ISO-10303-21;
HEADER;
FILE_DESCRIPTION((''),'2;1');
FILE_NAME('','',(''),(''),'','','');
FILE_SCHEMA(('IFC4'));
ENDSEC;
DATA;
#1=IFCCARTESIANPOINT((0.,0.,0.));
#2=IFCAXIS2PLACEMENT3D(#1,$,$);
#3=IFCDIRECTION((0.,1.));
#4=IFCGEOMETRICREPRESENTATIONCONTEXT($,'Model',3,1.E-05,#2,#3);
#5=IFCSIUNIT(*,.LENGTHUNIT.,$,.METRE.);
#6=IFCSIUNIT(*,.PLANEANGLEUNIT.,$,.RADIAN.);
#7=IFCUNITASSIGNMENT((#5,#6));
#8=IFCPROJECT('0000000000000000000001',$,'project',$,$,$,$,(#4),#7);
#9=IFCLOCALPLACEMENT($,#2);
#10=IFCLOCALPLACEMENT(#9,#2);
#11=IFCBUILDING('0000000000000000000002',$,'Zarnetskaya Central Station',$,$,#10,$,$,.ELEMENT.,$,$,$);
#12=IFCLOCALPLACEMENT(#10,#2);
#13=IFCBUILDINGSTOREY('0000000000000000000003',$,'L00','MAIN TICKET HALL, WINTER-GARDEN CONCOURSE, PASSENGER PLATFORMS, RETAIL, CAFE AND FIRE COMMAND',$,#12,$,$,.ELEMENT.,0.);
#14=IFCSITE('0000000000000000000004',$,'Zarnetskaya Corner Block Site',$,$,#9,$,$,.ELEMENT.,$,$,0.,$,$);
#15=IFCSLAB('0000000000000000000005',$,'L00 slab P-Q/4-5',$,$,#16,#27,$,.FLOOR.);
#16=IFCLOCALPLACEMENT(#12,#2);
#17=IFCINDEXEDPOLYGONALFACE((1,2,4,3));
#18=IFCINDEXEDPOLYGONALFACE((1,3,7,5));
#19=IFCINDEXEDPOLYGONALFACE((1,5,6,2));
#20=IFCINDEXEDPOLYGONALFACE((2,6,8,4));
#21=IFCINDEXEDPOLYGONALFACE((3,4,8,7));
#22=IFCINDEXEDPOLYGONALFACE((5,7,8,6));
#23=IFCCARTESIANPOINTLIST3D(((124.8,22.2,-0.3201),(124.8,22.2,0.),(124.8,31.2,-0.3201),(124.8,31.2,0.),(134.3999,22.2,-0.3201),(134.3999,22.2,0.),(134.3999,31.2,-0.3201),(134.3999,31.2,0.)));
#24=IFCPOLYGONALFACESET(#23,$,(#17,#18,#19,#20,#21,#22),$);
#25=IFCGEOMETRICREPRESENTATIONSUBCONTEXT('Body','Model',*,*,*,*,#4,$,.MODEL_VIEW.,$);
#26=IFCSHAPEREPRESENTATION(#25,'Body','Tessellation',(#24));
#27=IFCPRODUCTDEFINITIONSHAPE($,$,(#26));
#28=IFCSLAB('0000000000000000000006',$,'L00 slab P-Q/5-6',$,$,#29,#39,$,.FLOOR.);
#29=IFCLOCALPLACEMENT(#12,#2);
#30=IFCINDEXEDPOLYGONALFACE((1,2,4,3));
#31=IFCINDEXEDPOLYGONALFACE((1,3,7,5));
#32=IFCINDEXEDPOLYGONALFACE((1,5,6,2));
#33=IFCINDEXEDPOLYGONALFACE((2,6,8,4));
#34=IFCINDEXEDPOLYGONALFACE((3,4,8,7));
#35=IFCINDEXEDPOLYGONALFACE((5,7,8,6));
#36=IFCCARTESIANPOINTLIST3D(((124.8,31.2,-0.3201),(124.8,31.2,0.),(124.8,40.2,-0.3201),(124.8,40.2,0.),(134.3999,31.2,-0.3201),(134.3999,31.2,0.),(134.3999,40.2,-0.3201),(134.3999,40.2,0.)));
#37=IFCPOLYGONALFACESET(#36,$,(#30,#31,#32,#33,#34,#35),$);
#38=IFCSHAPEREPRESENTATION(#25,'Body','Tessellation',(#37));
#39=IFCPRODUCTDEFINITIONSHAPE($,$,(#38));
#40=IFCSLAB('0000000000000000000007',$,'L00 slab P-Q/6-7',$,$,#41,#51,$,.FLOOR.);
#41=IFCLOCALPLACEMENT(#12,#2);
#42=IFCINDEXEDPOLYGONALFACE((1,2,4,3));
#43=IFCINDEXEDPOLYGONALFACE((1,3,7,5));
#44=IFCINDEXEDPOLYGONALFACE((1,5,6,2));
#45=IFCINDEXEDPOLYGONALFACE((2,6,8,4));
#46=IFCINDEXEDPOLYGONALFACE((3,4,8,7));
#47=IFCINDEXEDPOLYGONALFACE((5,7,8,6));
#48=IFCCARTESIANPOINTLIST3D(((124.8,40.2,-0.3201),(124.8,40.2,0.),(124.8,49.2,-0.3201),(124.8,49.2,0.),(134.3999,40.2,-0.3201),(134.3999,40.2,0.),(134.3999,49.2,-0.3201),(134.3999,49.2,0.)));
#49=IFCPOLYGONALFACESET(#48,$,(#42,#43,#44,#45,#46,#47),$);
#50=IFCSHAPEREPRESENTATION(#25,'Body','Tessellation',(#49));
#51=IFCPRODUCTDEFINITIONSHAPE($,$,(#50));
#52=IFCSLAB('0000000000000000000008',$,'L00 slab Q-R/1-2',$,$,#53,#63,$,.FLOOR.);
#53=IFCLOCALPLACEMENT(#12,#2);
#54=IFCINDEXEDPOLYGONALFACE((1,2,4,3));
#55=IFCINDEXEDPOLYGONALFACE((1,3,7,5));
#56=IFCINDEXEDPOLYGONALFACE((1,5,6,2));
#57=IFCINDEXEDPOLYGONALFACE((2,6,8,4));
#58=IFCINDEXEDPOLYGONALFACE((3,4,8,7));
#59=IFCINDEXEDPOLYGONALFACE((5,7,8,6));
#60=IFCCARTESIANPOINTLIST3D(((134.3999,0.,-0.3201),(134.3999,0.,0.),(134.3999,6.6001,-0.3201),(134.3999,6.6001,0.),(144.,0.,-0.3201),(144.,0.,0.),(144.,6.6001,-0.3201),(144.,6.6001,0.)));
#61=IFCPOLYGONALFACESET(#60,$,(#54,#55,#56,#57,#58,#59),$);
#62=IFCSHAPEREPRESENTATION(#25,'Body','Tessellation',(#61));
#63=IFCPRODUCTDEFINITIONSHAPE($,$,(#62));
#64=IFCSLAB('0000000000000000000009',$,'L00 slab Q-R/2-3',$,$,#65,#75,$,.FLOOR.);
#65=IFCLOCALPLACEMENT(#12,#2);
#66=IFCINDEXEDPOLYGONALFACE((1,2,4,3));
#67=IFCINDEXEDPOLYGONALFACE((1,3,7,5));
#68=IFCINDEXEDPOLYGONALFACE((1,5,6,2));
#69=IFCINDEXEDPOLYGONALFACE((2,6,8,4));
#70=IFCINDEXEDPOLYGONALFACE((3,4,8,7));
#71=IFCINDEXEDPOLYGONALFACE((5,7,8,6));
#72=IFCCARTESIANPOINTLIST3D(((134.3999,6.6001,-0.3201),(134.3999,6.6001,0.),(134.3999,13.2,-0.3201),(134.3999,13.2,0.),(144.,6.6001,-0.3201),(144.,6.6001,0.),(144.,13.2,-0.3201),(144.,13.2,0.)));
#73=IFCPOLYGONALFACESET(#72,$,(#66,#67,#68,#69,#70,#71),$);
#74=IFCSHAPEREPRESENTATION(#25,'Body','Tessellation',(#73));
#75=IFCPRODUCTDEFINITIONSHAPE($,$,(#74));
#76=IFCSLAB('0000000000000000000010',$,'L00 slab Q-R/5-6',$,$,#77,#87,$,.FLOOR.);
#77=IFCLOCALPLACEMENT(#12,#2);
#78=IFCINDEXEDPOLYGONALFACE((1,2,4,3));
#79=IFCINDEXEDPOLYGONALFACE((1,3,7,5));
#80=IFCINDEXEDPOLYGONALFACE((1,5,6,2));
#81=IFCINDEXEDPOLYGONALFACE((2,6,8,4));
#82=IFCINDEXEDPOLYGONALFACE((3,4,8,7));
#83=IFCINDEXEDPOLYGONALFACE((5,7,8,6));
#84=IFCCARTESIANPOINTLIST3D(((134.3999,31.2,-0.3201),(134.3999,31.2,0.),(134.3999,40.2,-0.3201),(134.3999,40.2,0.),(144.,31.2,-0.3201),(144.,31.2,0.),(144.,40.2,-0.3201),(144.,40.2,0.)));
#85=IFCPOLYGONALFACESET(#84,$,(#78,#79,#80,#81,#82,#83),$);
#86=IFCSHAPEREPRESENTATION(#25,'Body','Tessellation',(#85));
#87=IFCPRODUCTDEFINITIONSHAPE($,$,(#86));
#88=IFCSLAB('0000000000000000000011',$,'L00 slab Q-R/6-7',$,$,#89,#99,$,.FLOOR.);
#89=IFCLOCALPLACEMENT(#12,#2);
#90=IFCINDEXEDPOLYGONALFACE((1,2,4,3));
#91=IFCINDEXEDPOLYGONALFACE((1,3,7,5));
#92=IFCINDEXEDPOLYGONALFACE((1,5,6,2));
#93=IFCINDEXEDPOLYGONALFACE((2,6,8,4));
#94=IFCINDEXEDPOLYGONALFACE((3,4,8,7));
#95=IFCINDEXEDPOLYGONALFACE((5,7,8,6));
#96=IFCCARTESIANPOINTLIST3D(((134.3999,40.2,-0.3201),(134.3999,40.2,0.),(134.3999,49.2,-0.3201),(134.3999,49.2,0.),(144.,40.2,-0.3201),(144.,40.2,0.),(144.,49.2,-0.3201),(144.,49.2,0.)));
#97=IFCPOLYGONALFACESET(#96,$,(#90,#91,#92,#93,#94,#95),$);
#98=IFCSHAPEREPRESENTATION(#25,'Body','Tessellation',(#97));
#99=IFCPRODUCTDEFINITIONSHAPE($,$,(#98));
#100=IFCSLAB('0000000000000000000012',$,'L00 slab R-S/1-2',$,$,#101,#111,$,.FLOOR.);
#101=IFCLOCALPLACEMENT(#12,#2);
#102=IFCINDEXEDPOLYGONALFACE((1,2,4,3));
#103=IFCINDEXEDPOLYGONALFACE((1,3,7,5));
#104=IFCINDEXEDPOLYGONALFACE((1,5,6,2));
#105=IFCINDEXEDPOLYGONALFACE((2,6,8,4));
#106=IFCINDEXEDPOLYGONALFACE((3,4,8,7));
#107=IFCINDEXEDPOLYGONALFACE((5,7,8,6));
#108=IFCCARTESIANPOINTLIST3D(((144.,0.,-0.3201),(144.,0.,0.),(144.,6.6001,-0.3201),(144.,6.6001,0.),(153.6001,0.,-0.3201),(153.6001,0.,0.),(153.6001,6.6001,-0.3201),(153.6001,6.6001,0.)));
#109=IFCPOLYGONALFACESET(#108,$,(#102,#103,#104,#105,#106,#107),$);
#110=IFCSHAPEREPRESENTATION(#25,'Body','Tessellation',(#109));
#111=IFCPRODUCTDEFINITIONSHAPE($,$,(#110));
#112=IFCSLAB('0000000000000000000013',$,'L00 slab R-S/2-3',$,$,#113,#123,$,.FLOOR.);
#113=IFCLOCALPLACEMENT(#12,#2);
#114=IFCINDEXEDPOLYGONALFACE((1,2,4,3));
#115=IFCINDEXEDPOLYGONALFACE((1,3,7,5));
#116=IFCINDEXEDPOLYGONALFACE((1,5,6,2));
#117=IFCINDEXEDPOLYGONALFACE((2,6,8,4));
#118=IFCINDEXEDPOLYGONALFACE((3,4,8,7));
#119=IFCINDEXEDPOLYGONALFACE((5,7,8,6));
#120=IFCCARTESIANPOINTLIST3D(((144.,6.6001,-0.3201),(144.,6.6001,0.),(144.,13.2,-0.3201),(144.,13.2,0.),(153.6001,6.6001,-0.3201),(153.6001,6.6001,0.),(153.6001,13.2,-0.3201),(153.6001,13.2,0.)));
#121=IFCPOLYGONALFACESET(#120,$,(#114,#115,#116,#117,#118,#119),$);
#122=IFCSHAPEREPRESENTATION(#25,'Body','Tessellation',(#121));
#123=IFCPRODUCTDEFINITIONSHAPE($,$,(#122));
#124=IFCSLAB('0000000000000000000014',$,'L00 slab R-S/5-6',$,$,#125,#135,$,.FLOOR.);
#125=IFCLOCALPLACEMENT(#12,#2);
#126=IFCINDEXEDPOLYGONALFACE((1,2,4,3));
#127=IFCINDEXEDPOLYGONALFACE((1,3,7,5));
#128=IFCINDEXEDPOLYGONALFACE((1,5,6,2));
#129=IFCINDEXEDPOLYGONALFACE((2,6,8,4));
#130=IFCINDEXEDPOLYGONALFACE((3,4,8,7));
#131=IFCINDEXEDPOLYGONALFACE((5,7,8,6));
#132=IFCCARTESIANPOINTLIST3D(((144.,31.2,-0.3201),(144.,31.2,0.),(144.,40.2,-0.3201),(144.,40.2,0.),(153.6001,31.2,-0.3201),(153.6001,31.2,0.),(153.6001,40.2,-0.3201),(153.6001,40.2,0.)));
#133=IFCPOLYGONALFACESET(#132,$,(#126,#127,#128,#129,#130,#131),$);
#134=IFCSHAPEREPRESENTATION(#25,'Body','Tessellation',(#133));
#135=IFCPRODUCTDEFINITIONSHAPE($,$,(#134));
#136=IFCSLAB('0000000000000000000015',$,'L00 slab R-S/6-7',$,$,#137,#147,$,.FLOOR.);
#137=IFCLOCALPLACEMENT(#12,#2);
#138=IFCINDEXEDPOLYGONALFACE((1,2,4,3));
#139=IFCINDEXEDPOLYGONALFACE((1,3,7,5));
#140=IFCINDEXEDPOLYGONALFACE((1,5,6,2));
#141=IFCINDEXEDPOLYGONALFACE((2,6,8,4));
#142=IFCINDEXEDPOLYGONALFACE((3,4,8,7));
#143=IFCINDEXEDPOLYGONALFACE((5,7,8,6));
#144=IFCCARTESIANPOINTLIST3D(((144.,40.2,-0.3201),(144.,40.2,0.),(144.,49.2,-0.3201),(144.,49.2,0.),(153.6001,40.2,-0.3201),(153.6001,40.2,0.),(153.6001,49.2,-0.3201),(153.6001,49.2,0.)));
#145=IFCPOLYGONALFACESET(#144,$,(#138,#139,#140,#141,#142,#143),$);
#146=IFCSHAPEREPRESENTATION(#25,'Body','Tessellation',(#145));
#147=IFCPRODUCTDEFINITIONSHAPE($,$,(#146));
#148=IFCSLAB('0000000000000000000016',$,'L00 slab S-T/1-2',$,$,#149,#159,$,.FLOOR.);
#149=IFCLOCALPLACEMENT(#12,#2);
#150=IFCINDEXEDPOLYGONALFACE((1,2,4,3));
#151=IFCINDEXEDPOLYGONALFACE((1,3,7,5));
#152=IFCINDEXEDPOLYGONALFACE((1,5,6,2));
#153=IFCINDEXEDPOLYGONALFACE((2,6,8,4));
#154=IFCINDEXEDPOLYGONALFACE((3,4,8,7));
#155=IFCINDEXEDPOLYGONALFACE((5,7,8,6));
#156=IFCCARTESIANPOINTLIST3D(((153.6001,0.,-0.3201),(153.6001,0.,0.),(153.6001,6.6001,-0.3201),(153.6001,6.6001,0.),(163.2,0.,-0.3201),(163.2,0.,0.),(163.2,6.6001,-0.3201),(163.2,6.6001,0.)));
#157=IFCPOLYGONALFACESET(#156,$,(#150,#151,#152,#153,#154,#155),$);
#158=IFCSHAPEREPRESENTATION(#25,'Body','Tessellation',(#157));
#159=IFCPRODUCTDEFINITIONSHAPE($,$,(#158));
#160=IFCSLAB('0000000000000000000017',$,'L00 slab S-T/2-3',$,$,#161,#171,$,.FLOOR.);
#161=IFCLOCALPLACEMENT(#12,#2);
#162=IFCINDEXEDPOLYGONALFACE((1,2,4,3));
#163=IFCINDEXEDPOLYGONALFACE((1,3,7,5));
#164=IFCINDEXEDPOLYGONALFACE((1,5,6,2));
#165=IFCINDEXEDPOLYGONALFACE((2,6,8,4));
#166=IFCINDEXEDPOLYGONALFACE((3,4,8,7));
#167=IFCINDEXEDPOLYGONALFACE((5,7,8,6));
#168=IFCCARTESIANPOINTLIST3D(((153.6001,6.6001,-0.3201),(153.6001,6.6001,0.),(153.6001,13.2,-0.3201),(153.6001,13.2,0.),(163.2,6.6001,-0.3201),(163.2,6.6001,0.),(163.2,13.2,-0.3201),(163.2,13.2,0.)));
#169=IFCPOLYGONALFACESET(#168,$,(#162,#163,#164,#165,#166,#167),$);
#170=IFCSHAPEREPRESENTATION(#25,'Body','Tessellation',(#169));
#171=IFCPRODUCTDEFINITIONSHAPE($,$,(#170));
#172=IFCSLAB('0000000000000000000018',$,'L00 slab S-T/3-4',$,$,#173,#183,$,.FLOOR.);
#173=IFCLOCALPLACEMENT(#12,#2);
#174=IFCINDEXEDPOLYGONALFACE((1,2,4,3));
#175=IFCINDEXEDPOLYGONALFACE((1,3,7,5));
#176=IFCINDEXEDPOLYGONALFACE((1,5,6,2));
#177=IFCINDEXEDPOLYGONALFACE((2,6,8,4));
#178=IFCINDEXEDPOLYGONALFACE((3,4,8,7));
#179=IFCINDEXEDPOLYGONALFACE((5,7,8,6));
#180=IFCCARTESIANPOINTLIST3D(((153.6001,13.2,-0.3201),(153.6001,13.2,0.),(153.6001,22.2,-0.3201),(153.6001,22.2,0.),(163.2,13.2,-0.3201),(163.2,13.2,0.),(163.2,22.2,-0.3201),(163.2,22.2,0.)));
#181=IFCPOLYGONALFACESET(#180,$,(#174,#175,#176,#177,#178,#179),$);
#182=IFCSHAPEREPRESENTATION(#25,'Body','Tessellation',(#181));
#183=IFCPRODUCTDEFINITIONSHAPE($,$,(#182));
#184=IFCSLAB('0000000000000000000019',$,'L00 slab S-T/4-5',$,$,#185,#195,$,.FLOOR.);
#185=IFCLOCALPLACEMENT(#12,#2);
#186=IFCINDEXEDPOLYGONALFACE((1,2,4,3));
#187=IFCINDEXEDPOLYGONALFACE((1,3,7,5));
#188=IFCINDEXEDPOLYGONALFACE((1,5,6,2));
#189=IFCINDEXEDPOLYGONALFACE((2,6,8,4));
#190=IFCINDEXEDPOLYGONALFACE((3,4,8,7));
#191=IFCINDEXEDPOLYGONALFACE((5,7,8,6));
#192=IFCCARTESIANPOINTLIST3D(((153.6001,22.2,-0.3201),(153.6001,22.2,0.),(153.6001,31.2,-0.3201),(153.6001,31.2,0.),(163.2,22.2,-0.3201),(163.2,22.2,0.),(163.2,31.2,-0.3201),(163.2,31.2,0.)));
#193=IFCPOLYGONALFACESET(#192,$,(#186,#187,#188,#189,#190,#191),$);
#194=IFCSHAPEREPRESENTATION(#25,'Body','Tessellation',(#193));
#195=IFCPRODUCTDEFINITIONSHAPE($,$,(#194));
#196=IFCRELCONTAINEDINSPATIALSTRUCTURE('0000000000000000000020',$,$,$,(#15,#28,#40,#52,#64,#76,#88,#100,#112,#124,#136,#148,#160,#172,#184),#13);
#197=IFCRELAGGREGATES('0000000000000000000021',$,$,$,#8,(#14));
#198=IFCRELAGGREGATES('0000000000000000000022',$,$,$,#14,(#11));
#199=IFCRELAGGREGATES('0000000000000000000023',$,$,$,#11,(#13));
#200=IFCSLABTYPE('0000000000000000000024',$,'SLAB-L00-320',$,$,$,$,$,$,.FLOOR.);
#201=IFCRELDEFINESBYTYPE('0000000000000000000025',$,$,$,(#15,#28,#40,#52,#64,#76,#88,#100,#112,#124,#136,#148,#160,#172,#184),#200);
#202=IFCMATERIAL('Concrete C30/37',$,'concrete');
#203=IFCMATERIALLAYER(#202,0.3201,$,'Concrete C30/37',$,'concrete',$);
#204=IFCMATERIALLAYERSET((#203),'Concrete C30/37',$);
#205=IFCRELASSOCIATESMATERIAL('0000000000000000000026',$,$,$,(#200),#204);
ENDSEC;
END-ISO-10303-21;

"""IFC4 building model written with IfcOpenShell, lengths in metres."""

from ifc_helpers import new_model, si_unit, direction, frame, origin, place, context, subcontext, project, spatial, polyline, outline, extrude, material, layer, layer_set, type_object, element, save


model = new_model("IFC4")

# Units and contexts
model_context = context("Model", 3, precision=1e-05, world=origin(), true_north=direction((0.0, 1.0)))
body_context = subcontext(model_context, "Body", "Model", "MODEL_VIEW")
ifc_project = project(units=[si_unit("LENGTHUNIT", "METRE"), si_unit("PLANEANGLEUNIT", "RADIAN")], contexts=[model_context])

# Site, building, storey
site_placement = place(None, origin())
site = spatial("IfcSite", under=ifc_project, at=site_placement, Name="Zarnetskaya Corner Block Site", CompositionType="ELEMENT", RefElevation=0.0)
building_placement = place(site_placement, origin())
building = spatial("IfcBuilding", under=site, at=building_placement, Name="Zarnetskaya Central Station", CompositionType="ELEMENT")
storey_placement = place(building_placement, origin())
storey = spatial("IfcBuildingStorey", under=building, at=storey_placement, Name="L00", Description="MAIN TICKET HALL, WINTER-GARDEN CONCOURSE, PASSENGER PLATFORMS, RETAIL, CAFE AND FIRE COMMAND", CompositionType="ELEMENT", Elevation=0.0)

# Slabs
ifc_material = material(Name="Concrete C30/37", Category="concrete")
ifc_layer = layer(ifc_material, 0.3201, Name="Concrete C30/37", Category="concrete")
ifc_layer_set = layer_set([ifc_layer], Name="Concrete C30/37")
slab_type = type_object("IfcSlabType", Name="SLAB-L00-320", PredefinedType="FLOOR", material=ifc_layer_set)
slab_1_placement = place(storey_placement, frame((0.0, 0.0, -0.3201)))
element("IfcSlab", 1, at=slab_1_placement, inside=storey, type_object=slab_type, Name="L00 slab P-Q/4-5", PredefinedType="FLOOR", context=body_context, shape_type="SweptSolid", body=[
    extrude(outline(polyline([(124.8, 22.2), (134.3999, 22.2), (134.3999, 31.2), (124.8, 31.2), (124.8, 22.2)])), origin(), (0.0, 0.0, 1.0), 0.3201),
])
slab_2_placement = place(storey_placement, frame((0.0, 0.0, -0.3201)))
element("IfcSlab", 2, at=slab_2_placement, inside=storey, type_object=slab_type, Name="L00 slab P-Q/5-6", PredefinedType="FLOOR", context=body_context, shape_type="SweptSolid", body=[
    extrude(outline(polyline([(124.8, 31.2), (134.3999, 31.2), (134.3999, 40.2), (124.8, 40.2), (124.8, 31.2)])), origin(), (0.0, 0.0, 1.0), 0.3201),
])
slab_3_placement = place(storey_placement, frame((0.0, 0.0, -0.3201)))
element("IfcSlab", 3, at=slab_3_placement, inside=storey, type_object=slab_type, Name="L00 slab P-Q/6-7", PredefinedType="FLOOR", context=body_context, shape_type="SweptSolid", body=[
    extrude(outline(polyline([(124.8, 40.2), (134.3999, 40.2), (134.3999, 49.2), (124.8, 49.2), (124.8, 40.2)])), origin(), (0.0, 0.0, 1.0), 0.3201),
])
slab_4_placement = place(storey_placement, frame((0.0, 0.0, -0.3201)))
element("IfcSlab", 4, at=slab_4_placement, inside=storey, type_object=slab_type, Name="L00 slab Q-R/1-2", PredefinedType="FLOOR", context=body_context, shape_type="SweptSolid", body=[
    extrude(outline(polyline([(134.3999, 0.0), (144.0, 0.0), (144.0, 6.6001), (134.3999, 6.6001), (134.3999, 0.0)])), origin(), (0.0, 0.0, 1.0), 0.3201),
])
slab_5_placement = place(storey_placement, frame((0.0, 0.0, -0.3201)))
element("IfcSlab", 5, at=slab_5_placement, inside=storey, type_object=slab_type, Name="L00 slab Q-R/2-3", PredefinedType="FLOOR", context=body_context, shape_type="SweptSolid", body=[
    extrude(outline(polyline([(134.3999, 6.6001), (144.0, 6.6001), (144.0, 13.2), (134.3999, 13.2), (134.3999, 6.6001)])), origin(), (0.0, 0.0, 1.0), 0.3201),
])
slab_6_placement = place(storey_placement, frame((0.0, 0.0, -0.3201)))
element("IfcSlab", 6, at=slab_6_placement, inside=storey, type_object=slab_type, Name="L00 slab Q-R/5-6", PredefinedType="FLOOR", context=body_context, shape_type="SweptSolid", body=[
    extrude(outline(polyline([(134.3999, 31.2), (144.0, 31.2), (144.0, 40.2), (134.3999, 40.2), (134.3999, 31.2)])), origin(), (0.0, 0.0, 1.0), 0.3201),
])
slab_7_placement = place(storey_placement, frame((0.0, 0.0, -0.3201)))
element("IfcSlab", 7, at=slab_7_placement, inside=storey, type_object=slab_type, Name="L00 slab Q-R/6-7", PredefinedType="FLOOR", context=body_context, shape_type="SweptSolid", body=[
    extrude(outline(polyline([(134.3999, 40.2), (144.0, 40.2), (144.0, 49.2), (134.3999, 49.2), (134.3999, 40.2)])), origin(), (0.0, 0.0, 1.0), 0.3201),
])
slab_8_placement = place(storey_placement, frame((0.0, 0.0, -0.3201)))
element("IfcSlab", 8, at=slab_8_placement, inside=storey, type_object=slab_type, Name="L00 slab R-S/1-2", PredefinedType="FLOOR", context=body_context, shape_type="SweptSolid", body=[
    extrude(outline(polyline([(144.0, 0.0), (153.6001, 0.0), (153.6001, 6.6001), (144.0, 6.6001), (144.0, 0.0)])), origin(), (0.0, 0.0, 1.0), 0.3201),
])
slab_9_placement = place(storey_placement, frame((0.0, 0.0, -0.3201)))
element("IfcSlab", 9, at=slab_9_placement, inside=storey, type_object=slab_type, Name="L00 slab R-S/2-3", PredefinedType="FLOOR", context=body_context, shape_type="SweptSolid", body=[
    extrude(outline(polyline([(144.0, 6.6001), (153.6001, 6.6001), (153.6001, 13.2), (144.0, 13.2), (144.0, 6.6001)])), origin(), (0.0, 0.0, 1.0), 0.3201),
])
slab_10_placement = place(storey_placement, frame((0.0, 0.0, -0.3201)))
element("IfcSlab", 10, at=slab_10_placement, inside=storey, type_object=slab_type, Name="L00 slab R-S/5-6", PredefinedType="FLOOR", context=body_context, shape_type="SweptSolid", body=[
    extrude(outline(polyline([(144.0, 31.2), (153.6001, 31.2), (153.6001, 40.2), (144.0, 40.2), (144.0, 31.2)])), origin(), (0.0, 0.0, 1.0), 0.3201),
])
slab_11_placement = place(storey_placement, frame((0.0, 0.0, -0.3201)))
element("IfcSlab", 11, at=slab_11_placement, inside=storey, type_object=slab_type, Name="L00 slab R-S/6-7", PredefinedType="FLOOR", context=body_context, shape_type="SweptSolid", body=[
    extrude(outline(polyline([(144.0, 40.2), (153.6001, 40.2), (153.6001, 49.2), (144.0, 49.2), (144.0, 40.2)])), origin(), (0.0, 0.0, 1.0), 0.3201),
])
slab_12_placement = place(storey_placement, frame((0.0, 0.0, -0.3201)))
element("IfcSlab", 12, at=slab_12_placement, inside=storey, type_object=slab_type, Name="L00 slab S-T/1-2", PredefinedType="FLOOR", context=body_context, shape_type="SweptSolid", body=[
    extrude(outline(polyline([(153.6001, 0.0), (163.2, 0.0), (163.2, 6.6001), (153.6001, 6.6001), (153.6001, 0.0)])), origin(), (0.0, 0.0, 1.0), 0.3201),
])
slab_13_placement = place(storey_placement, frame((0.0, 0.0, -0.3201)))
element("IfcSlab", 13, at=slab_13_placement, inside=storey, type_object=slab_type, Name="L00 slab S-T/2-3", PredefinedType="FLOOR", context=body_context, shape_type="SweptSolid", body=[
    extrude(outline(polyline([(153.6001, 6.6001), (163.2, 6.6001), (163.2, 13.2), (153.6001, 13.2), (153.6001, 6.6001)])), origin(), (0.0, 0.0, 1.0), 0.3201),
])
slab_14_placement = place(storey_placement, frame((0.0, 0.0, -0.3201)))
element("IfcSlab", 14, at=slab_14_placement, inside=storey, type_object=slab_type, Name="L00 slab S-T/3-4", PredefinedType="FLOOR", context=body_context, shape_type="SweptSolid", body=[
    extrude(outline(polyline([(153.6001, 13.2), (163.2, 13.2), (163.2, 22.2), (153.6001, 22.2), (153.6001, 13.2)])), origin(), (0.0, 0.0, 1.0), 0.3201),
])
slab_15_placement = place(storey_placement, frame((0.0, 0.0, -0.3201)))
element("IfcSlab", 15, at=slab_15_placement, inside=storey, type_object=slab_type, Name="L00 slab S-T/4-5", PredefinedType="FLOOR", context=body_context, shape_type="SweptSolid", body=[
    extrude(outline(polyline([(153.6001, 22.2), (163.2, 22.2), (163.2, 31.2), (153.6001, 31.2), (153.6001, 22.2)])), origin(), (0.0, 0.0, 1.0), 0.3201),
])

save(model, "model.ifc")
